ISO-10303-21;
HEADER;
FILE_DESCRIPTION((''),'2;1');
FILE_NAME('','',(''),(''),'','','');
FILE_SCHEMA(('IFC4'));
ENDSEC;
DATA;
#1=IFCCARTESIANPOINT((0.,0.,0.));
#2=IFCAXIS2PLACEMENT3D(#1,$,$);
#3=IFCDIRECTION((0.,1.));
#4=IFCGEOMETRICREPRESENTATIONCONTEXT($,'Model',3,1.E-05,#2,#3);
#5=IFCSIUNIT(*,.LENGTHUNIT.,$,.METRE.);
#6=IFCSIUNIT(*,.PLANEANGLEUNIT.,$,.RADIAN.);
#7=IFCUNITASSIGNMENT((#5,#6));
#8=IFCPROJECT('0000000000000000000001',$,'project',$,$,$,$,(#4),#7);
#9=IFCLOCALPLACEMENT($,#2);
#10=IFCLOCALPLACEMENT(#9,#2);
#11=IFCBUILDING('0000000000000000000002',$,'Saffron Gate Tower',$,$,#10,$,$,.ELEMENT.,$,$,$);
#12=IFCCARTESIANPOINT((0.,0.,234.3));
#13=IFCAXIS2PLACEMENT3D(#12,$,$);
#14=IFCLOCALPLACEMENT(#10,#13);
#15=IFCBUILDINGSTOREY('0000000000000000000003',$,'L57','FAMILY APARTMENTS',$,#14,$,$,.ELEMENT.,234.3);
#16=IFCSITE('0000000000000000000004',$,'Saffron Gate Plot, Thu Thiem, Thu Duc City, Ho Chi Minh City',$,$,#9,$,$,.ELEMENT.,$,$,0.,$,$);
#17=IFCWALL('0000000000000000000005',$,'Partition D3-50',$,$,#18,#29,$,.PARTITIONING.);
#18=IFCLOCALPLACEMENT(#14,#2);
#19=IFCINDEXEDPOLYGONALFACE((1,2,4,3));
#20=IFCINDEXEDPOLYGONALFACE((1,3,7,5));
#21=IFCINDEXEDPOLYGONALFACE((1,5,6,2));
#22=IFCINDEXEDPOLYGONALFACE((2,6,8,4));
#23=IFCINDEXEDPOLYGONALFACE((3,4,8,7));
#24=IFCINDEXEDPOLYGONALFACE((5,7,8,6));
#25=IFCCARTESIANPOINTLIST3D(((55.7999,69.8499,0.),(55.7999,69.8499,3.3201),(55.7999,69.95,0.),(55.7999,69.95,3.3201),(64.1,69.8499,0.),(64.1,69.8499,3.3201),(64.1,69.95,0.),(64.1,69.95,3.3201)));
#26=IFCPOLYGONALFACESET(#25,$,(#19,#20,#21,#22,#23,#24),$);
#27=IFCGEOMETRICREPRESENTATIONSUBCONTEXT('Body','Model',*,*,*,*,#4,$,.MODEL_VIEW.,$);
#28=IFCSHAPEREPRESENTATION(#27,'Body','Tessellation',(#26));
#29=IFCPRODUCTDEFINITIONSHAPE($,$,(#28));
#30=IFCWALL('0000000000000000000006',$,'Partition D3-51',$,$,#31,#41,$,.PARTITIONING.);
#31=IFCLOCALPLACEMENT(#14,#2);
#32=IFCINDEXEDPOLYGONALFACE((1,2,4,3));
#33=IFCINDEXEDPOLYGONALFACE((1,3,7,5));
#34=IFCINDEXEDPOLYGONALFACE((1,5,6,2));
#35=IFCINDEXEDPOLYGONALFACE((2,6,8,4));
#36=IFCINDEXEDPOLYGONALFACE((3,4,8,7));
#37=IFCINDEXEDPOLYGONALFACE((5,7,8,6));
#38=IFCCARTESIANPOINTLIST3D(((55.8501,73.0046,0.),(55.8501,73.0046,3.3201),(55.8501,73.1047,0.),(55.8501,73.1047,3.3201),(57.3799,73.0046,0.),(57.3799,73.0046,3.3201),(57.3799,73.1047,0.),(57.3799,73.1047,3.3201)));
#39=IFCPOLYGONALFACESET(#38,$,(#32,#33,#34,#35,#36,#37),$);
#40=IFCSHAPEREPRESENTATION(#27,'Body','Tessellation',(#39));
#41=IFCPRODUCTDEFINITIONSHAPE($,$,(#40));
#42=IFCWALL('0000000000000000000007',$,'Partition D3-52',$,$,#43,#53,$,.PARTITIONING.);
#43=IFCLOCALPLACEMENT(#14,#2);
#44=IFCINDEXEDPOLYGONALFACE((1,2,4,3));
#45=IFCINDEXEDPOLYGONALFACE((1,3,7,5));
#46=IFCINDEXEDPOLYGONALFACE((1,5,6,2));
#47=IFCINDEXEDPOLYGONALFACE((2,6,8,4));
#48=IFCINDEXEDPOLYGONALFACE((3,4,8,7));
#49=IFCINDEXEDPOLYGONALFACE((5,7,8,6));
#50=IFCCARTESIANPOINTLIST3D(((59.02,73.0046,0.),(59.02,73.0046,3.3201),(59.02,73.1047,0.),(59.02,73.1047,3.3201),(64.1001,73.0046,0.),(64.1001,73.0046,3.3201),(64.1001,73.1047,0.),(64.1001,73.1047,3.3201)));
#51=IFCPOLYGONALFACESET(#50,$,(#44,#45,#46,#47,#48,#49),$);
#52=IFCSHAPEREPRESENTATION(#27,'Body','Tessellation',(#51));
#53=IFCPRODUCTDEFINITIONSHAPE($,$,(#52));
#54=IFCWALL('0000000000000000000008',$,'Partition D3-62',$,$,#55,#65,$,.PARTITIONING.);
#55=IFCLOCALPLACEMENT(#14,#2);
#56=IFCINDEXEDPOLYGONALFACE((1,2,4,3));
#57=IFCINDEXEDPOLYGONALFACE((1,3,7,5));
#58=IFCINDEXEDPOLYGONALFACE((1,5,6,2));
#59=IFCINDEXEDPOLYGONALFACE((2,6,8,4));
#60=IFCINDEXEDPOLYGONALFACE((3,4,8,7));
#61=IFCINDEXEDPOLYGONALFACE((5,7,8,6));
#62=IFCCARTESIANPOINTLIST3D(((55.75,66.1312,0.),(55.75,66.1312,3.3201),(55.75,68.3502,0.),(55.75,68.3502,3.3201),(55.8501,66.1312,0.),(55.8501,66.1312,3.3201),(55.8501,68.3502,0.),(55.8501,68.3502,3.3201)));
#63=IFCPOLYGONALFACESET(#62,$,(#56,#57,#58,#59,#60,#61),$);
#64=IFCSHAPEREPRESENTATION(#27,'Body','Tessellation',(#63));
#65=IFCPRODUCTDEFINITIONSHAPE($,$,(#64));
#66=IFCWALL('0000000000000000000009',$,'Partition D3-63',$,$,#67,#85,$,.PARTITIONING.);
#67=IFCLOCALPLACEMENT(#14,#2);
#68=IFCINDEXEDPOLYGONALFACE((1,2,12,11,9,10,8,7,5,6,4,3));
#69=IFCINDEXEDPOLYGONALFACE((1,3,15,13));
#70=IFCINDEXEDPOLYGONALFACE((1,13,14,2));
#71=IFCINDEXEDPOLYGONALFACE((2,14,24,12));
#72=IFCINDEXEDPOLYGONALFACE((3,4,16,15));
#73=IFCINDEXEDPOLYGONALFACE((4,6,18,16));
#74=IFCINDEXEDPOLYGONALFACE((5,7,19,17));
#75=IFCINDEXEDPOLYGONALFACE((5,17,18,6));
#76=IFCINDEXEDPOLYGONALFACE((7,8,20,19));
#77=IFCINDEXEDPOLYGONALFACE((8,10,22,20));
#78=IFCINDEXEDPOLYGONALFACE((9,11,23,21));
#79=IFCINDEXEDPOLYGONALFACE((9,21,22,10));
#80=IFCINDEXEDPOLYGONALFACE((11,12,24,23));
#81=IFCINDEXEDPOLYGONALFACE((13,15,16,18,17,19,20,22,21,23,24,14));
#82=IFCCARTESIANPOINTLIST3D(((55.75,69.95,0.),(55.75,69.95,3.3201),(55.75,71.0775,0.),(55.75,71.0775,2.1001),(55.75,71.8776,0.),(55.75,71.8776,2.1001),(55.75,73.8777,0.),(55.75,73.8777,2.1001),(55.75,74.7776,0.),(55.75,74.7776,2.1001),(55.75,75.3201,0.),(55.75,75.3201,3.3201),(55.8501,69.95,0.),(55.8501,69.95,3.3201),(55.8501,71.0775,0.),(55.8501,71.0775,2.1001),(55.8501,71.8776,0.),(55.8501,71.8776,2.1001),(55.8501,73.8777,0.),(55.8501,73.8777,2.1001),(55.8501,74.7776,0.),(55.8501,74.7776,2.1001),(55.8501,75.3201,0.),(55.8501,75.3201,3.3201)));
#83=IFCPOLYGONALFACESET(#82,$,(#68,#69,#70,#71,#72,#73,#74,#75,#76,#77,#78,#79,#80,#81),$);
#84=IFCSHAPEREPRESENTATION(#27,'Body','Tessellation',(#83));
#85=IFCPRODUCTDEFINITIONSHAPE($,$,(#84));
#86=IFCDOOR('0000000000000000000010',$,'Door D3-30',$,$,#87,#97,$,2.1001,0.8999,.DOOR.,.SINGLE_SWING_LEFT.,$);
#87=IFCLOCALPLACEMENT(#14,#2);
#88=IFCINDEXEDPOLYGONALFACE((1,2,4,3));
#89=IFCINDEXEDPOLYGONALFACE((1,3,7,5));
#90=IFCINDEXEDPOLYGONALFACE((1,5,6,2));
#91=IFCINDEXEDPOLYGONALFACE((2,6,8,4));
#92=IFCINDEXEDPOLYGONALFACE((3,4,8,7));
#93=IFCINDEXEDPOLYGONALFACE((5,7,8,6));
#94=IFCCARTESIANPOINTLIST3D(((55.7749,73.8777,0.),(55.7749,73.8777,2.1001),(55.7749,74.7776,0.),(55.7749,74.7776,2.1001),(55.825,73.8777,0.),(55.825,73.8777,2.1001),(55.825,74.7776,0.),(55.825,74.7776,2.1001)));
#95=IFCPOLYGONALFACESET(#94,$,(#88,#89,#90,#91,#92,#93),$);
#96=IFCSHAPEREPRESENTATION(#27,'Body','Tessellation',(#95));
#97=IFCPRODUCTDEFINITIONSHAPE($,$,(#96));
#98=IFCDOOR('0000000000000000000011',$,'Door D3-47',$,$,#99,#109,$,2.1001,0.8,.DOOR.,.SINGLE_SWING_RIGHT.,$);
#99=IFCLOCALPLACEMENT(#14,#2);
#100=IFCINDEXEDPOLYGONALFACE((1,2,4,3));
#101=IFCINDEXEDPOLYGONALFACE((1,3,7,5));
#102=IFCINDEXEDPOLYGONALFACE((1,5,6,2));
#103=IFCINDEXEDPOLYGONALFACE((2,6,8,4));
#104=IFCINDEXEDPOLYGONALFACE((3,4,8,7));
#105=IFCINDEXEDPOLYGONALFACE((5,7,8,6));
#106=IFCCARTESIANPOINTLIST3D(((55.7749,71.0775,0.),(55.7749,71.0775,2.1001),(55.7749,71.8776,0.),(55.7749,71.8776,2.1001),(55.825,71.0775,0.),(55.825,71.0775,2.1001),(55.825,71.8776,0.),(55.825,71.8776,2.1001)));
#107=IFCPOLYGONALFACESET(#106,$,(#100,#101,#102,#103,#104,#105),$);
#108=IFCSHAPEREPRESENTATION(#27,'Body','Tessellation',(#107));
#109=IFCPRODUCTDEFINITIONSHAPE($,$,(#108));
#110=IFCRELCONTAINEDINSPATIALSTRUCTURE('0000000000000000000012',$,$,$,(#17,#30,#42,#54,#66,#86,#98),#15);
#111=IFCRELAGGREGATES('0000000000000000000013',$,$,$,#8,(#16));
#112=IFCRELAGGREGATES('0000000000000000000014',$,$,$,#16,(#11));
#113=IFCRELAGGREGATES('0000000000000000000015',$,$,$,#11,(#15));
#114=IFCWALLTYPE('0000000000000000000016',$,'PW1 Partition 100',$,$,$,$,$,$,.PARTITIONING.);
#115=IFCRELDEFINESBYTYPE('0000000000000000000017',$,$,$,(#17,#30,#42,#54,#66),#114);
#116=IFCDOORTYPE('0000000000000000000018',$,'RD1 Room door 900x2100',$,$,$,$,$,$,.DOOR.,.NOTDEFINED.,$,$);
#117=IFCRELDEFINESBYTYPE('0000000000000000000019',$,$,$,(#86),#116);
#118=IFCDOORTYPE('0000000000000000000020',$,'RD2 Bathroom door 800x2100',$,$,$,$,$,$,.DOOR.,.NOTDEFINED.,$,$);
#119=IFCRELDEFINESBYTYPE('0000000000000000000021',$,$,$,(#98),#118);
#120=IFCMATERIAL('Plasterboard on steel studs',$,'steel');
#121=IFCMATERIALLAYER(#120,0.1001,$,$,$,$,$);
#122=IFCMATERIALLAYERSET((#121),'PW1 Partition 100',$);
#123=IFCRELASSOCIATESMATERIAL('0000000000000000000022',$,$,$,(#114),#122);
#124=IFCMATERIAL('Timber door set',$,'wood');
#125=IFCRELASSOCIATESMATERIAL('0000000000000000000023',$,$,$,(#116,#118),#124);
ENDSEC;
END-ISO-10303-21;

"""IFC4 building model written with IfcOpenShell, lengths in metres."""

from ifc_helpers import new_model, si_unit, direction, frame, frame_2d, origin, place, context, subcontext, project, spatial, rectangle, extrude, material, layer, layer_set, type_object, element, fill, save


model = new_model("IFC4")

# Units and contexts
model_context = context("Model", 3, precision=1e-05, world=origin(), true_north=direction((0.0, 1.0)))
body_context = subcontext(model_context, "Body", "Model", "MODEL_VIEW")
ifc_project = project(units=[si_unit("LENGTHUNIT", "METRE"), si_unit("PLANEANGLEUNIT", "RADIAN")], contexts=[model_context])

# Site, building, storey
site_placement = place(None, origin())
site = spatial("IfcSite", under=ifc_project, at=site_placement, Name="Saffron Gate Plot, Thu Thiem, Thu Duc City, Ho Chi Minh City", CompositionType="ELEMENT", RefElevation=0.0)
building_placement = place(site_placement, origin())
building = spatial("IfcBuilding", under=site, at=building_placement, Name="Saffron Gate Tower", CompositionType="ELEMENT")
storey_placement = place(building_placement, frame((0.0, 0.0, 234.3)))
storey = spatial("IfcBuildingStorey", under=building, at=storey_placement, Name="L57", Description="FAMILY APARTMENTS", CompositionType="ELEMENT", Elevation=234.3)

# Walls
ifc_material_1 = material(Name="Plasterboard on steel studs", Category="steel")
ifc_layer_1 = layer(ifc_material_1, 0.1001)
ifc_layer_set_1 = layer_set([ifc_layer_1], Name="PW1 Partition 100")
wall_type = type_object("IfcWallType", Name="PW1 Partition 100", PredefinedType="PARTITIONING", material=ifc_layer_set_1)
for number, where, z_axis, x_axis, name in (
    (1, (55.8, 69.8999, 0.0), (0.0, 0.0, 1.0), (1.0, 0.0, 0.0), "Partition D3-50"),
):
    element("IfcWall", number, at=place(storey_placement, frame(where, z_axis=z_axis, x_axis=x_axis)), inside=storey, type_object=wall_type, Name=name, PredefinedType="PARTITIONING", context=body_context, shape_type="SweptSolid", body=[
        extrude(rectangle(XDim=8.3, YDim=0.1001, at=frame_2d((4.1499, 0.0))), origin(), (0.0, 0.0, 1.0), 3.3201),
    ])
wall_1_placement = place(storey_placement, frame((55.8501, 73.0547, 0.0), z_axis=(0.0, 0.0, 1.0), x_axis=(1.0, 0.0, 0.0)))
element("IfcWall", 2, at=wall_1_placement, inside=storey, type_object=wall_type, Name="Partition D3-51", PredefinedType="PARTITIONING", context=body_context, shape_type="SweptSolid", body=[
    extrude(rectangle(XDim=1.5298, YDim=0.1001, at=frame_2d((0.7649, 0.0))), origin(), (0.0, 0.0, 1.0), 3.3201),
])
wall_2_placement = place(storey_placement, frame((59.02, 73.0547, 0.0), z_axis=(0.0, 0.0, 1.0), x_axis=(1.0, 0.0, 0.0)))
element("IfcWall", 3, at=wall_2_placement, inside=storey, type_object=wall_type, Name="Partition D3-52", PredefinedType="PARTITIONING", context=body_context, shape_type="SweptSolid", body=[
    extrude(rectangle(XDim=5.0801, YDim=0.1001, at=frame_2d((2.54, 0.0))), origin(), (0.0, 0.0, 1.0), 3.3201),
])
wall_3_placement = place(storey_placement, frame((55.8, 68.3501, 0.0), z_axis=(0.0, 0.0, 1.0), x_axis=(0.0, -1.0, 0.0)))
element("IfcWall", 4, at=wall_3_placement, inside=storey, type_object=wall_type, Name="Partition D3-62", PredefinedType="PARTITIONING", context=body_context, shape_type="SweptSolid", body=[
    extrude(rectangle(XDim=2.219, YDim=0.1001, at=frame_2d((1.1094, 0.0))), origin(), (0.0, 0.0, 1.0), 3.3201),
])

# Wall, openings, doors
wall_4_placement = place(storey_placement, frame((55.8, 75.3201, 0.0), z_axis=(0.0, 0.0, 1.0), x_axis=(0.0, -1.0, 0.0)))
wall_4 = element("IfcWall", 5, at=wall_4_placement, inside=storey, type_object=wall_type, Name="Partition D3-63", PredefinedType="PARTITIONING", context=body_context, shape_type="SweptSolid", body=[
    extrude(rectangle(XDim=5.3701, YDim=0.1001, at=frame_2d((2.6851, 0.0))), origin(), (0.0, 0.0, 1.0), 3.3201),
])
opening_1_placement = place(wall_4_placement, frame((0.5425, 0.0, 0.0)))
opening_1 = element("IfcOpeningElement", 6, at=opening_1_placement, cuts=wall_4, PredefinedType="OPENING", context=body_context, shape_type="SweptSolid", body=[
    extrude(rectangle(XDim=0.8999, YDim=2.1001, at=frame_2d((0.45, 1.05))), frame((0.0, 0.0601, 0.0), z_axis=(0.0, -1.0, 0.0), x_axis=(1.0, 0.0, 0.0)), (0.0, 0.0, 1.0), 0.1201),
])
opening_2_placement = place(wall_4_placement, frame((3.4426, 0.0, 0.0)))
opening_2 = element("IfcOpeningElement", 7, at=opening_2_placement, cuts=wall_4, PredefinedType="OPENING", context=body_context, shape_type="SweptSolid", body=[
    extrude(rectangle(XDim=0.8, YDim=2.1001, at=frame_2d((0.3999, 1.05))), frame((0.0, 0.0601, 0.0), z_axis=(0.0, -1.0, 0.0), x_axis=(1.0, 0.0, 0.0)), (0.0, 0.0, 1.0), 0.1201),
])
ifc_material_2 = material(Name="Timber door set", Category="wood")
door_type_1 = type_object("IfcDoorType", Name="RD1 Room door 900x2100", OperationType="NOTDEFINED", PredefinedType="DOOR", material=ifc_material_2)
door_1_placement = place(opening_1_placement, origin())
door_1 = element("IfcDoor", 8, at=door_1_placement, inside=storey, type_object=door_type_1, Name="Door D3-30", OperationType="SINGLE_SWING_LEFT", OverallHeight=2.1001, OverallWidth=0.8999, PredefinedType="DOOR", context=body_context, shape_type="SweptSolid", body=[
    extrude(rectangle(XDim=0.8999, YDim=2.1001, at=frame_2d((0.45, 1.05))), frame((0.0, 0.0249, 0.0), z_axis=(0.0, -1.0, 0.0), x_axis=(1.0, 0.0, 0.0)), (0.0, 0.0, 1.0), 0.05),
])
fill(opening_1, door_1)
door_type_2 = type_object("IfcDoorType", Name="RD2 Bathroom door 800x2100", OperationType="NOTDEFINED", PredefinedType="DOOR", material=ifc_material_2)
door_2_placement = place(opening_2_placement, origin())
door_2 = element("IfcDoor", 9, at=door_2_placement, inside=storey, type_object=door_type_2, Name="Door D3-47", OperationType="SINGLE_SWING_RIGHT", OverallHeight=2.1001, OverallWidth=0.8, PredefinedType="DOOR", context=body_context, shape_type="SweptSolid", body=[
    extrude(rectangle(XDim=0.8, YDim=2.1001, at=frame_2d((0.3999, 1.05))), frame((0.0, 0.0249, 0.0), z_axis=(0.0, -1.0, 0.0), x_axis=(1.0, 0.0, 0.0)), (0.0, 0.0, 1.0), 0.05),
])
fill(opening_2, door_2)

save(model, "model.ifc")
